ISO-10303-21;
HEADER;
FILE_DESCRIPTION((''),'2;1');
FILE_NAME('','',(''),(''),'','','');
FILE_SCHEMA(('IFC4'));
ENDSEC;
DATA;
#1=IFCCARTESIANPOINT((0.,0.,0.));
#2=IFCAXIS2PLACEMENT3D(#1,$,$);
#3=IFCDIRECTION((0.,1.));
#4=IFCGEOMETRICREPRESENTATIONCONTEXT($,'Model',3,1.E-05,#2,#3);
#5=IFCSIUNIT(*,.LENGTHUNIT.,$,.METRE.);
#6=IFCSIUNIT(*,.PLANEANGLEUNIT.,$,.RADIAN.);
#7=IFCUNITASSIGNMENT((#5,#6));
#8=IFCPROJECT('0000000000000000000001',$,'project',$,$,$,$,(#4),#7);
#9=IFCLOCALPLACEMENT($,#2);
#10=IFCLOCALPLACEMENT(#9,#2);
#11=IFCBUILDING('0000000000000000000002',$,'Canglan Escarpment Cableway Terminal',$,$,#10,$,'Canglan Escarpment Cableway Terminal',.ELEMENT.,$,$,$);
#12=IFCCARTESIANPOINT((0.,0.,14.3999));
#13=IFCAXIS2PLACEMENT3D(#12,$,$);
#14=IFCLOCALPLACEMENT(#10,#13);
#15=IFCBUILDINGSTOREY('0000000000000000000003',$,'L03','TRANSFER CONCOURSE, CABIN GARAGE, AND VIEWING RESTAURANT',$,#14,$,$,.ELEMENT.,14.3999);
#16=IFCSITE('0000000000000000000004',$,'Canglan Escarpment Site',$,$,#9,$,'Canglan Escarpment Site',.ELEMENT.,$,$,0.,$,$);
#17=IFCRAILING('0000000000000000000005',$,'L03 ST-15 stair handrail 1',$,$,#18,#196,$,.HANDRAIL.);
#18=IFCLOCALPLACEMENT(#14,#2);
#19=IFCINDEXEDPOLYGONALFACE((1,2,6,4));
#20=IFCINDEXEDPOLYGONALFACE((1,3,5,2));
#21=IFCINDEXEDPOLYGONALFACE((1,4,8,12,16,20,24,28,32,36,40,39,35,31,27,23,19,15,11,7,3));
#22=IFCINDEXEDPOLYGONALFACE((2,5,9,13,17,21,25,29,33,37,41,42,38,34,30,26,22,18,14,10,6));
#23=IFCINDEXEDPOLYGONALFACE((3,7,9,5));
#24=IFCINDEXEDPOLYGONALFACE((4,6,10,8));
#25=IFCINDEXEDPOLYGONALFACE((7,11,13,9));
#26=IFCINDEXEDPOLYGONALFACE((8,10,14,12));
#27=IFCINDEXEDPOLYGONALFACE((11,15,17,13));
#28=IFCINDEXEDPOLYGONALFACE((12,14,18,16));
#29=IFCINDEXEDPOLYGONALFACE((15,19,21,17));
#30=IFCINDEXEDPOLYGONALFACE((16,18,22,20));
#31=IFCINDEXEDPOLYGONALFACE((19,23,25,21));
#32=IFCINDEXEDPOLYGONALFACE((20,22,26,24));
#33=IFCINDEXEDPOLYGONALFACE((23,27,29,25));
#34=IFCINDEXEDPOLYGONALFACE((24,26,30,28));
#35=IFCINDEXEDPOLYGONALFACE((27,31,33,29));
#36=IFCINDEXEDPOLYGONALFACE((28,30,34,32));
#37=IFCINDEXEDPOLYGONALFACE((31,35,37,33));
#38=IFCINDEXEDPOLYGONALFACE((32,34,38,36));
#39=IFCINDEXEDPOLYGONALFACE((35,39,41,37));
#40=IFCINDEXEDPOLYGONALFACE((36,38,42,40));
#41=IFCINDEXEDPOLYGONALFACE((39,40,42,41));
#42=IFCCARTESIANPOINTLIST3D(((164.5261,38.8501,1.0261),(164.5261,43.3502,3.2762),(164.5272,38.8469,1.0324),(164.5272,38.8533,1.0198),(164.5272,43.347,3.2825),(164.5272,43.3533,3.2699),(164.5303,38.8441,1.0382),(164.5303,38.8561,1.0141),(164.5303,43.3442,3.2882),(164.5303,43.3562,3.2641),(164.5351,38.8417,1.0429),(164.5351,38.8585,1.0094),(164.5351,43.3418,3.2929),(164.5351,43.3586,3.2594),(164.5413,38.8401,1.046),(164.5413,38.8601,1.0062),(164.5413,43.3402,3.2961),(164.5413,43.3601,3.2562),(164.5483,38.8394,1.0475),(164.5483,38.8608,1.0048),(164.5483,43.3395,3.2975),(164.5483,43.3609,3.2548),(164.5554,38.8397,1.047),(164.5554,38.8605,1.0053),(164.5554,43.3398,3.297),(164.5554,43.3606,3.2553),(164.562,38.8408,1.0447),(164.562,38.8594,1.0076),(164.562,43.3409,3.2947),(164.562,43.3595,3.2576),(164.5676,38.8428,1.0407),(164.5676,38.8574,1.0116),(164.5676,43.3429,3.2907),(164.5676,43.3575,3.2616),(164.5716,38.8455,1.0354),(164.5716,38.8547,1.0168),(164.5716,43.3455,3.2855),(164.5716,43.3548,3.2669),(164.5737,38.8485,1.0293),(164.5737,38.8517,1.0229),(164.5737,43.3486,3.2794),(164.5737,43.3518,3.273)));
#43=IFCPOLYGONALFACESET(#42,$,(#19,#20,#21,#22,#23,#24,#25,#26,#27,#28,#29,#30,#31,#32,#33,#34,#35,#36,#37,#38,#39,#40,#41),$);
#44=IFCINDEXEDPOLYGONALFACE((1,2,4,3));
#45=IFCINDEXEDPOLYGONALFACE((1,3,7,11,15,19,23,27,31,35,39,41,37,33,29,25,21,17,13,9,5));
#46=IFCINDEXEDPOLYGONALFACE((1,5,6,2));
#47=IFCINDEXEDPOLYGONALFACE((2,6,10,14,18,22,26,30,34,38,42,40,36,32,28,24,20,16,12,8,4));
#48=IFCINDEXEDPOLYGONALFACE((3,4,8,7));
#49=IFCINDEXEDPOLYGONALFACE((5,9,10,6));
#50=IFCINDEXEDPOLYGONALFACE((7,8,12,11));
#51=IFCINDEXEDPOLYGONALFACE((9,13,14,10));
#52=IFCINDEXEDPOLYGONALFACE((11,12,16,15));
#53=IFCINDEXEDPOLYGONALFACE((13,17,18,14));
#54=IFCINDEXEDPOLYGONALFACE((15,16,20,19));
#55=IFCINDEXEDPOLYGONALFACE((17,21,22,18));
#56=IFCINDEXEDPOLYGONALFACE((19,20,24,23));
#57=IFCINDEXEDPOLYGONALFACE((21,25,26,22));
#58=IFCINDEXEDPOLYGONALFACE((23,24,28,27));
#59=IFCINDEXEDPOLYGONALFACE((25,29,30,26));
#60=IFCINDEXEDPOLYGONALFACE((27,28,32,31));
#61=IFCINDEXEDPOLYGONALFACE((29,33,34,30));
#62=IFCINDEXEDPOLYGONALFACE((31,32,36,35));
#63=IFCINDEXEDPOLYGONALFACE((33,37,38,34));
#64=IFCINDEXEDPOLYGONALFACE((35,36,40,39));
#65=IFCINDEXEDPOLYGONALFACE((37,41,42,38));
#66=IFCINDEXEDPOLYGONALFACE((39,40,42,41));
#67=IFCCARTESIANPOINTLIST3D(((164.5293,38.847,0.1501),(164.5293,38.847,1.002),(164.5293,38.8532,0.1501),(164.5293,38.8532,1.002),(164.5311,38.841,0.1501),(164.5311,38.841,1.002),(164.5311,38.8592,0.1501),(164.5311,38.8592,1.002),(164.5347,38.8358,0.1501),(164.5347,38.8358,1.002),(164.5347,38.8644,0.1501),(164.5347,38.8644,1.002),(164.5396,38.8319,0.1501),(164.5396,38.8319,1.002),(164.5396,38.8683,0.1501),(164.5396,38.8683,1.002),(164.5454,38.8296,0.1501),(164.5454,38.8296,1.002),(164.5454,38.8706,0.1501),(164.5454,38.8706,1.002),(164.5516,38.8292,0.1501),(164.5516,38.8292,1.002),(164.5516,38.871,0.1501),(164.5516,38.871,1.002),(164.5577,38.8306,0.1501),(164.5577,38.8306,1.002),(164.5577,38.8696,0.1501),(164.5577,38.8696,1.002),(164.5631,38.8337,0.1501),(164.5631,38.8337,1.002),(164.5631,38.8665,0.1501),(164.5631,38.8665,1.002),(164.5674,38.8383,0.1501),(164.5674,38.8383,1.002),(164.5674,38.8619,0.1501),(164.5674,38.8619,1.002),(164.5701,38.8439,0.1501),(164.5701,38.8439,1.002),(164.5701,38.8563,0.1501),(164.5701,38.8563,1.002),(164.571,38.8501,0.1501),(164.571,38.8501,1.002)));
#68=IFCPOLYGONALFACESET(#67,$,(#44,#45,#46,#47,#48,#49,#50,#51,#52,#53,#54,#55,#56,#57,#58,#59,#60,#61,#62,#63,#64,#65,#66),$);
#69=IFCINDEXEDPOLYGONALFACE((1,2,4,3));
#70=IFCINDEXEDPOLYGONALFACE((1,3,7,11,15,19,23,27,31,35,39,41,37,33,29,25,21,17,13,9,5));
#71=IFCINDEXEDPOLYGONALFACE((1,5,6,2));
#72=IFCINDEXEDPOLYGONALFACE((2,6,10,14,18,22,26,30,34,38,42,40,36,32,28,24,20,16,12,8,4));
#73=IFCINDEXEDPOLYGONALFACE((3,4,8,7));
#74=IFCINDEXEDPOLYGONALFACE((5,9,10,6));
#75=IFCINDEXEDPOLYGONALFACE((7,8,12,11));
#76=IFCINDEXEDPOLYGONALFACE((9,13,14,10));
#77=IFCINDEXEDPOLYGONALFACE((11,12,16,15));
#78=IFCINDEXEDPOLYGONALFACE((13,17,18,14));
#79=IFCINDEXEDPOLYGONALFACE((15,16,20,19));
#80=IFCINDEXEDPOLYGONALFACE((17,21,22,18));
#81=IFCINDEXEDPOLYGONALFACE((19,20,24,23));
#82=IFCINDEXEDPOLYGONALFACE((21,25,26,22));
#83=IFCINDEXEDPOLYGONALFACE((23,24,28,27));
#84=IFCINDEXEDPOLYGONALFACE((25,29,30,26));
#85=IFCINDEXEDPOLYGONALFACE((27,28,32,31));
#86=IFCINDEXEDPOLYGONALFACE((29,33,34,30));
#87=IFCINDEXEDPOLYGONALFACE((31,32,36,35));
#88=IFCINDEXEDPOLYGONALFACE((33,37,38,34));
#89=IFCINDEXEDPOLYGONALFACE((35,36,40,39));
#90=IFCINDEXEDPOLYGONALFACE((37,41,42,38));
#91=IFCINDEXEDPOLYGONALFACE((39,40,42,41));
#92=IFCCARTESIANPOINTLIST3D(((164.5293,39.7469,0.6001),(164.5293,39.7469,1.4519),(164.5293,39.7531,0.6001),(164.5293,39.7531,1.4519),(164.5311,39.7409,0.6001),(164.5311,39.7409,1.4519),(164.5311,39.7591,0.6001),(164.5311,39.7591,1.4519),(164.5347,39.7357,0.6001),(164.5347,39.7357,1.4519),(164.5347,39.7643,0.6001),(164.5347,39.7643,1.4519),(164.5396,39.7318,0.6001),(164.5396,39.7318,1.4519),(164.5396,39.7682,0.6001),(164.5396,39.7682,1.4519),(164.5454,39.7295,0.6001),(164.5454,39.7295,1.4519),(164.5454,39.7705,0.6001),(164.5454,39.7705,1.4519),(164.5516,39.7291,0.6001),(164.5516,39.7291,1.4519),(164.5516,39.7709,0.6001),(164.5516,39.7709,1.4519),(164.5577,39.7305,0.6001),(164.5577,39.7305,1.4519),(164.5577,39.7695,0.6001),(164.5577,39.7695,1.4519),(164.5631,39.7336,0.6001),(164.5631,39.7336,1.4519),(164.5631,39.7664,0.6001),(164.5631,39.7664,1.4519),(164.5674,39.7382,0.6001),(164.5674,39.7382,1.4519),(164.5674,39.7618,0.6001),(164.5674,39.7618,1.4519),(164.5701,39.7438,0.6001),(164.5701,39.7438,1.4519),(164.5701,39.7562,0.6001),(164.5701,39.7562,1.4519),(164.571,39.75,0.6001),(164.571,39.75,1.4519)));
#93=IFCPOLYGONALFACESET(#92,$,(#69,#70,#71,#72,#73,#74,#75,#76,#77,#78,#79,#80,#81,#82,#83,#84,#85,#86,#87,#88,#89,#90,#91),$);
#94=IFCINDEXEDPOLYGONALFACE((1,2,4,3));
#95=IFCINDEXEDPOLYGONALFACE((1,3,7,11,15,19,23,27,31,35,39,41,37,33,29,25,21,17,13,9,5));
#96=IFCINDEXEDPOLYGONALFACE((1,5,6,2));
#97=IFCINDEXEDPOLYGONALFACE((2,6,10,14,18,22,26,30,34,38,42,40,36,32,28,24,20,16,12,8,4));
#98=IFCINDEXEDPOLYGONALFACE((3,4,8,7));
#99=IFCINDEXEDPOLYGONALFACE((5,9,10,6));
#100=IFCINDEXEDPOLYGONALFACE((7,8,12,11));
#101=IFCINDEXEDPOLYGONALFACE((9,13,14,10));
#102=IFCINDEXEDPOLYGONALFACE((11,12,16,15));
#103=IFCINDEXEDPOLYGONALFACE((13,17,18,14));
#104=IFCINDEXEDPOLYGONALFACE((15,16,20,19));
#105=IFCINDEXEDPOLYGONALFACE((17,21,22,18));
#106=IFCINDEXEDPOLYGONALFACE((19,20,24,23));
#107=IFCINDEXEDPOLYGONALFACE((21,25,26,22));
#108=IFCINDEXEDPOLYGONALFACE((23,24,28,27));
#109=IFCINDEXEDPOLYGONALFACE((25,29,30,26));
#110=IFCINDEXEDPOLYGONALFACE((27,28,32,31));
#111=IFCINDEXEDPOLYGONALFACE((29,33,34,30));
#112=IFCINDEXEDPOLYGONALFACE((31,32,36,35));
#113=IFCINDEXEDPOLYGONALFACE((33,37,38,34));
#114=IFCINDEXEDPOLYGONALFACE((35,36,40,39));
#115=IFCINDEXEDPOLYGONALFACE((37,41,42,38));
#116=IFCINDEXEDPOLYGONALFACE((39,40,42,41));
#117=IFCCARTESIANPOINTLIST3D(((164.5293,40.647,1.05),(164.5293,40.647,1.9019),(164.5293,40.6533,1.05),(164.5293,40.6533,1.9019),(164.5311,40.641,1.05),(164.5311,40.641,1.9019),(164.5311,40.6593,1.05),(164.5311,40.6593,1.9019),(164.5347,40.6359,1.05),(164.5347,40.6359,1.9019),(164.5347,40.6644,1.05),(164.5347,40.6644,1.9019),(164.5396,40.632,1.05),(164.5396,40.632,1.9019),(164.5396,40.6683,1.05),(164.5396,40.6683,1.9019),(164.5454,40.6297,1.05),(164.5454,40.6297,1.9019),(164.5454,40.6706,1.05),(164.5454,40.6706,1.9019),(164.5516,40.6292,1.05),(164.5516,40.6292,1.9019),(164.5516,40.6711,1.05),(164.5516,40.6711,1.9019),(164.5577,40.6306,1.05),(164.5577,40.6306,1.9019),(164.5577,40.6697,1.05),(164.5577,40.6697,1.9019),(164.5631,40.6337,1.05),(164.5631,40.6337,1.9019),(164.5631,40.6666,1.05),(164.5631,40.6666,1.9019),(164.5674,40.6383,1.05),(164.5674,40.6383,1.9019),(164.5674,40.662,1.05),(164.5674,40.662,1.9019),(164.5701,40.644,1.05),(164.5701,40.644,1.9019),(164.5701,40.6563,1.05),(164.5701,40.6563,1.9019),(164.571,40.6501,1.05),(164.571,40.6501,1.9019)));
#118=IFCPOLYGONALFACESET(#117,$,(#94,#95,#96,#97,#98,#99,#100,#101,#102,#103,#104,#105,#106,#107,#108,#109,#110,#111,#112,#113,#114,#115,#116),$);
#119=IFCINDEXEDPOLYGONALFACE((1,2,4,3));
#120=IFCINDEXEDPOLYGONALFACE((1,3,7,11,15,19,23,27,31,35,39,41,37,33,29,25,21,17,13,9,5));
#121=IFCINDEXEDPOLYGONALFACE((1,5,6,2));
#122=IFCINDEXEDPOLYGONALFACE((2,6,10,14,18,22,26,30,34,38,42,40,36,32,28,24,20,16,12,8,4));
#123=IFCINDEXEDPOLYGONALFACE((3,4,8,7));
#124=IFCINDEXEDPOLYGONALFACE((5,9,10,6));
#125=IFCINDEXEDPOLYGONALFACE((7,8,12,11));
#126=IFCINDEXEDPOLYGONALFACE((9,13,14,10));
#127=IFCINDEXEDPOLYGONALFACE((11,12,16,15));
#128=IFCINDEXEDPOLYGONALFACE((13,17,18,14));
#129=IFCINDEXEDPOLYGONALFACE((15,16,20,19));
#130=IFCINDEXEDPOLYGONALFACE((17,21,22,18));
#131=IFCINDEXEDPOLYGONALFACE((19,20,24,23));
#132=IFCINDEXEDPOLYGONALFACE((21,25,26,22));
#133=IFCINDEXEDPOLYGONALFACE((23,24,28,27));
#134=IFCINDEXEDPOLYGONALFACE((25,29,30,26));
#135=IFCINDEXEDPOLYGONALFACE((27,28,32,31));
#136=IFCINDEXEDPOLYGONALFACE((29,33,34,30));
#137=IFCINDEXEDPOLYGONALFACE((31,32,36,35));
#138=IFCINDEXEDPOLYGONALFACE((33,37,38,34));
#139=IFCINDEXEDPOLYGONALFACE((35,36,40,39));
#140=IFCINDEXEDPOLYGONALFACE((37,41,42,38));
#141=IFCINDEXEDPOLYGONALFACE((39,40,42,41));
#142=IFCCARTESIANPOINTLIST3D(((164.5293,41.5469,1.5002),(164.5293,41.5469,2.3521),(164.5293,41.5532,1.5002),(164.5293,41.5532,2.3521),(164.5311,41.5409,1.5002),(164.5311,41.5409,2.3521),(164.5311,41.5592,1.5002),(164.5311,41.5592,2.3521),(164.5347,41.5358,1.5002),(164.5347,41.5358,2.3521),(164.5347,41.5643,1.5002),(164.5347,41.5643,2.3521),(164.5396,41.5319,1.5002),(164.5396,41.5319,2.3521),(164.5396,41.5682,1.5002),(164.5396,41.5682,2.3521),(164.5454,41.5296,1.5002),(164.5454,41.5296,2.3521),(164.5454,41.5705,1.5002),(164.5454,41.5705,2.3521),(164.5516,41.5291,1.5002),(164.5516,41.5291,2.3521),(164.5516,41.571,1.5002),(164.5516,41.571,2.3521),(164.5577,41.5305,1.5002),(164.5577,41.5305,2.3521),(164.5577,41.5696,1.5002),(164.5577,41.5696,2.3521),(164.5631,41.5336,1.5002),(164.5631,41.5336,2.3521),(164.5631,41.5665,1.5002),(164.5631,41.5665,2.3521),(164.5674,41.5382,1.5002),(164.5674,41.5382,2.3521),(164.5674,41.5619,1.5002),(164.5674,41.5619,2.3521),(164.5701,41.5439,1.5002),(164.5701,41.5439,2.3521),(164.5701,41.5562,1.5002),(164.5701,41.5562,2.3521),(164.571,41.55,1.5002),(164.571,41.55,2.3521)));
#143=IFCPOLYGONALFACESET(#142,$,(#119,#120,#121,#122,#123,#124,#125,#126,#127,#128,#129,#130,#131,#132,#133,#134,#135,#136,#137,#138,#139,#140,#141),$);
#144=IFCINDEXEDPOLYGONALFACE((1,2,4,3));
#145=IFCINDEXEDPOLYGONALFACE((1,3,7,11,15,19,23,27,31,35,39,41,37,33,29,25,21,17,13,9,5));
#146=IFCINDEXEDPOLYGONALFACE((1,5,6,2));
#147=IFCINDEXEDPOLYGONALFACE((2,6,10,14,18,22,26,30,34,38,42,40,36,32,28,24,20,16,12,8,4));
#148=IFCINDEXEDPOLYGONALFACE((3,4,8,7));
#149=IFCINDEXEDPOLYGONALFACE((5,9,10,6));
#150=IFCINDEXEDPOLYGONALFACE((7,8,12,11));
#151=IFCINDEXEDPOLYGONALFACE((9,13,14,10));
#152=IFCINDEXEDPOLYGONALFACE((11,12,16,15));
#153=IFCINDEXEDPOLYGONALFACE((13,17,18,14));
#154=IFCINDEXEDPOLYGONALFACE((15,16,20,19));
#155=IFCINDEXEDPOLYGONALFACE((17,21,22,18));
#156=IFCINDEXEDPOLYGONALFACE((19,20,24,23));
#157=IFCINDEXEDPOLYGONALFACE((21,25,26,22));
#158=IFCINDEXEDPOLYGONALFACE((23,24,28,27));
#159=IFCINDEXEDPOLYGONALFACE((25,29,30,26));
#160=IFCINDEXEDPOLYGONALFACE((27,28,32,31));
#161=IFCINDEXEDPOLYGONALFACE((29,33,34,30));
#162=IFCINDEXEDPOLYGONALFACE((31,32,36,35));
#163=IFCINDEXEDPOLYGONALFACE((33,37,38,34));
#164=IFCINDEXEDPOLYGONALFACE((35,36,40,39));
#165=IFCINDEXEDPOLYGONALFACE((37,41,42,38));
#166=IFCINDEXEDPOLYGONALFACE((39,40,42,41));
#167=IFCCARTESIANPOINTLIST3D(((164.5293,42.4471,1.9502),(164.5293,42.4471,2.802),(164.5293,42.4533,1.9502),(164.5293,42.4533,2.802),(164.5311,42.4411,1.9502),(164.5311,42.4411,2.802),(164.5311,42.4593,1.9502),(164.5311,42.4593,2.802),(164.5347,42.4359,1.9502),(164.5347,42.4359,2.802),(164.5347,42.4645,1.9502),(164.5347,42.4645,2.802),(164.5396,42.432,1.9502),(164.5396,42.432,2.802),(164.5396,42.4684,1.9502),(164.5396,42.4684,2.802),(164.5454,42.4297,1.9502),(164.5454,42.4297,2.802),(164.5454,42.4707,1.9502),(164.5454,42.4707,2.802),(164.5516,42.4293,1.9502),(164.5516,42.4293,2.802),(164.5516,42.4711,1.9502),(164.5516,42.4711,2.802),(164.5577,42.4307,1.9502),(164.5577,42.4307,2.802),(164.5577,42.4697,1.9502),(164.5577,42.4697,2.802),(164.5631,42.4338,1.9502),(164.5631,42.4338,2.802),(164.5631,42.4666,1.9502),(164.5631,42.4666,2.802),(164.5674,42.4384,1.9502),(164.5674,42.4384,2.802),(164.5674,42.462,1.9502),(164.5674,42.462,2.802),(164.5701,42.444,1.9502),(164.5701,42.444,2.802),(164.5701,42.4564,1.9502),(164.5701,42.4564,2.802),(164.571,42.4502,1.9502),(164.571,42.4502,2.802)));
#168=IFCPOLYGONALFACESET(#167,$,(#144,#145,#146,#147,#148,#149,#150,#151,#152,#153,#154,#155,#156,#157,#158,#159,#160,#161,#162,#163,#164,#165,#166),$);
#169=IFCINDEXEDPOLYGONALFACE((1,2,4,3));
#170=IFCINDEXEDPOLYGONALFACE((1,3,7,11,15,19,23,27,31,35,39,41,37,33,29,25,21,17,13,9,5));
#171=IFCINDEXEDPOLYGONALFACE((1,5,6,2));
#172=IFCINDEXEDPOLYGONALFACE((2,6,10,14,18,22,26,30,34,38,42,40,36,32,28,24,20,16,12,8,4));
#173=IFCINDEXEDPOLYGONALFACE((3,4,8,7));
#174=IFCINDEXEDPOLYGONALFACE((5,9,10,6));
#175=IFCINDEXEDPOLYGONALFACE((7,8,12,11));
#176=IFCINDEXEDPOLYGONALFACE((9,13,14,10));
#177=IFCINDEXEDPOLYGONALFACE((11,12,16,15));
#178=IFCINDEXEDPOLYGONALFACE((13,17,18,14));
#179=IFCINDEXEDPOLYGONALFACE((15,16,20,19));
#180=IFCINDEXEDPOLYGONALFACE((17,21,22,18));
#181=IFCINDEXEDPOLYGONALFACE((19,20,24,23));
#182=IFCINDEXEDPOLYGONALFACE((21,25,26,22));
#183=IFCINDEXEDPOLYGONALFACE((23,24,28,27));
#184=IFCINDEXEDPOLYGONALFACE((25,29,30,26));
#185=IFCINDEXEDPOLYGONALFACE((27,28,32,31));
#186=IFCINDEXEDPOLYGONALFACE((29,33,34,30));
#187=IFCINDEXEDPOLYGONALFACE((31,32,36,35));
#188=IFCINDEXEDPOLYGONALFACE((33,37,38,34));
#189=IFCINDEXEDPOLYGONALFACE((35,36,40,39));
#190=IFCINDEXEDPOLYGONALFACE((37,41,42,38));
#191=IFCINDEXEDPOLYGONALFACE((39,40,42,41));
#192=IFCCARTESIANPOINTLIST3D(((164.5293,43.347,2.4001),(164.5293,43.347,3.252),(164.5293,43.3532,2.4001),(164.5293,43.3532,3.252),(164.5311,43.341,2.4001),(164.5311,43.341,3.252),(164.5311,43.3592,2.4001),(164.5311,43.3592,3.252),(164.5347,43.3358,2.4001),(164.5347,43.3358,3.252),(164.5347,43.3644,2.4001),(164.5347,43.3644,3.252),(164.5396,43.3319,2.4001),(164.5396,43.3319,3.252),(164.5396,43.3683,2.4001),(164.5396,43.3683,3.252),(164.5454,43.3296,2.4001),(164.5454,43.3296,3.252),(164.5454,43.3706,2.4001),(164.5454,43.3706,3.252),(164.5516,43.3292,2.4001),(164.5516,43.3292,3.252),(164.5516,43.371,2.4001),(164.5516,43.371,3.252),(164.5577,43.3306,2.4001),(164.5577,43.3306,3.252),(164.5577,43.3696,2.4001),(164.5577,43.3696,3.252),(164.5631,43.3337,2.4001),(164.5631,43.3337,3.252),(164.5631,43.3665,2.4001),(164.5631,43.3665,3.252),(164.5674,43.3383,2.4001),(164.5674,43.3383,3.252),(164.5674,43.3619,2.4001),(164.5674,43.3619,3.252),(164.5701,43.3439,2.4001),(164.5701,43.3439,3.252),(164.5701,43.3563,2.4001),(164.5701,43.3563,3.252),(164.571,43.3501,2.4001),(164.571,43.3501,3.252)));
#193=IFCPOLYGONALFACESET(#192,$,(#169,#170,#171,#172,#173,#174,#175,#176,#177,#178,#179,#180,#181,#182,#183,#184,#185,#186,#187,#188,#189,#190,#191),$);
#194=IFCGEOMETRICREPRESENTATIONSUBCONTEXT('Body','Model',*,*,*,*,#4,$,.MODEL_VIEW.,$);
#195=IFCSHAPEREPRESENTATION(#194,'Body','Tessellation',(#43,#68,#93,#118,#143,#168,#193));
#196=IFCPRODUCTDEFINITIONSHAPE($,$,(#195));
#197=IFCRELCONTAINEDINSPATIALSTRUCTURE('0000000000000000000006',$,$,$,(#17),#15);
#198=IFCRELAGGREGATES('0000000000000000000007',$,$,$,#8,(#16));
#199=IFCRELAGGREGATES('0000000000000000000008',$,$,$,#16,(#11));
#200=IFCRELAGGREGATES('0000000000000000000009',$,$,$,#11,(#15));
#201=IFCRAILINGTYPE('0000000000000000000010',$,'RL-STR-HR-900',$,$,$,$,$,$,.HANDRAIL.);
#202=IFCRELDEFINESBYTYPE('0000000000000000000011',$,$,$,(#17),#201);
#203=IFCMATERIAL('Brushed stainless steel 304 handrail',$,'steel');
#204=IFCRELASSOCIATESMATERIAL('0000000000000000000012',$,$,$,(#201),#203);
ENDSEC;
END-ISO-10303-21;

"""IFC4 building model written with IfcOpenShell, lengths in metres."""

from ifc_helpers import new_model, si_unit, direction, frame, origin, origin_2d, place, context, subcontext, project, spatial, circle, extrude, material, type_object, element, save


model = new_model("IFC4")

# Units and contexts
model_context = context("Model", 3, precision=1e-05, world=origin(), true_north=direction((0.0, 1.0)))
body_context = subcontext(model_context, "Body", "Model", "MODEL_VIEW")
ifc_project = project(units=[si_unit("LENGTHUNIT", "METRE"), si_unit("PLANEANGLEUNIT", "RADIAN")], contexts=[model_context])

# Site, building, storey
site_placement = place(None, origin())
site = spatial("IfcSite", under=ifc_project, at=site_placement, Name="Canglan Escarpment Site", LongName="Canglan Escarpment Site", CompositionType="ELEMENT", RefElevation=0.0)
building_placement = place(site_placement, origin())
building = spatial("IfcBuilding", under=site, at=building_placement, Name="Canglan Escarpment Cableway Terminal", LongName="Canglan Escarpment Cableway Terminal", CompositionType="ELEMENT")
storey_placement = place(building_placement, frame((0.0, 0.0, 14.3999)))
storey = spatial("IfcBuildingStorey", under=building, at=storey_placement, Name="L03", Description="TRANSFER CONCOURSE, CABIN GARAGE, AND VIEWING RESTAURANT", CompositionType="ELEMENT", Elevation=14.3999)

# Railing
ifc_material_1 = material(Name="Brushed stainless steel 304 handrail", Category="steel")
railing_type_1 = type_object("IfcRailingType", Name="RL-STR-HR-900", PredefinedType="HANDRAIL", material=ifc_material_1)
railing_1_placement = place(storey_placement, frame((164.55, 38.8501, 0.1501)))
element("IfcRailing", 1, at=railing_1_placement, inside=storey, type_object=railing_type_1, Name="L03 ST-15 stair handrail 1", PredefinedType="HANDRAIL", context=body_context, shape_type="SweptSolid", body=[
    extrude(circle(Radius=0.0239, at=origin_2d()), frame((0.0, 0.0, 0.876), z_axis=(0.0, 0.894427, 0.447214), x_axis=(-1.0, 0.0, 0.0)), (0.0, 0.0, 1.0), 5.0312),
    extrude(circle(Radius=0.021, at=origin_2d()), origin(), (0.0, 0.0, 1.0), 0.8518),
    extrude(circle(Radius=0.021, at=origin_2d()), frame((0.0, 0.8999, 0.45)), (0.0, 0.0, 1.0), 0.8518),
    extrude(circle(Radius=0.021, at=origin_2d()), frame((0.0, 1.8, 0.8999)), (0.0, 0.0, 1.0), 0.8518),
    extrude(circle(Radius=0.021, at=origin_2d()), frame((0.0, 2.7, 1.3501)), (0.0, 0.0, 1.0), 0.8518),
    extrude(circle(Radius=0.021, at=origin_2d()), frame((0.0, 3.6001, 1.8)), (0.0, 0.0, 1.0), 0.8518),
    extrude(circle(Radius=0.021, at=origin_2d()), frame((0.0, 4.5, 2.25)), (0.0, 0.0, 1.0), 0.8518),
])

save(model, "model.ifc")
